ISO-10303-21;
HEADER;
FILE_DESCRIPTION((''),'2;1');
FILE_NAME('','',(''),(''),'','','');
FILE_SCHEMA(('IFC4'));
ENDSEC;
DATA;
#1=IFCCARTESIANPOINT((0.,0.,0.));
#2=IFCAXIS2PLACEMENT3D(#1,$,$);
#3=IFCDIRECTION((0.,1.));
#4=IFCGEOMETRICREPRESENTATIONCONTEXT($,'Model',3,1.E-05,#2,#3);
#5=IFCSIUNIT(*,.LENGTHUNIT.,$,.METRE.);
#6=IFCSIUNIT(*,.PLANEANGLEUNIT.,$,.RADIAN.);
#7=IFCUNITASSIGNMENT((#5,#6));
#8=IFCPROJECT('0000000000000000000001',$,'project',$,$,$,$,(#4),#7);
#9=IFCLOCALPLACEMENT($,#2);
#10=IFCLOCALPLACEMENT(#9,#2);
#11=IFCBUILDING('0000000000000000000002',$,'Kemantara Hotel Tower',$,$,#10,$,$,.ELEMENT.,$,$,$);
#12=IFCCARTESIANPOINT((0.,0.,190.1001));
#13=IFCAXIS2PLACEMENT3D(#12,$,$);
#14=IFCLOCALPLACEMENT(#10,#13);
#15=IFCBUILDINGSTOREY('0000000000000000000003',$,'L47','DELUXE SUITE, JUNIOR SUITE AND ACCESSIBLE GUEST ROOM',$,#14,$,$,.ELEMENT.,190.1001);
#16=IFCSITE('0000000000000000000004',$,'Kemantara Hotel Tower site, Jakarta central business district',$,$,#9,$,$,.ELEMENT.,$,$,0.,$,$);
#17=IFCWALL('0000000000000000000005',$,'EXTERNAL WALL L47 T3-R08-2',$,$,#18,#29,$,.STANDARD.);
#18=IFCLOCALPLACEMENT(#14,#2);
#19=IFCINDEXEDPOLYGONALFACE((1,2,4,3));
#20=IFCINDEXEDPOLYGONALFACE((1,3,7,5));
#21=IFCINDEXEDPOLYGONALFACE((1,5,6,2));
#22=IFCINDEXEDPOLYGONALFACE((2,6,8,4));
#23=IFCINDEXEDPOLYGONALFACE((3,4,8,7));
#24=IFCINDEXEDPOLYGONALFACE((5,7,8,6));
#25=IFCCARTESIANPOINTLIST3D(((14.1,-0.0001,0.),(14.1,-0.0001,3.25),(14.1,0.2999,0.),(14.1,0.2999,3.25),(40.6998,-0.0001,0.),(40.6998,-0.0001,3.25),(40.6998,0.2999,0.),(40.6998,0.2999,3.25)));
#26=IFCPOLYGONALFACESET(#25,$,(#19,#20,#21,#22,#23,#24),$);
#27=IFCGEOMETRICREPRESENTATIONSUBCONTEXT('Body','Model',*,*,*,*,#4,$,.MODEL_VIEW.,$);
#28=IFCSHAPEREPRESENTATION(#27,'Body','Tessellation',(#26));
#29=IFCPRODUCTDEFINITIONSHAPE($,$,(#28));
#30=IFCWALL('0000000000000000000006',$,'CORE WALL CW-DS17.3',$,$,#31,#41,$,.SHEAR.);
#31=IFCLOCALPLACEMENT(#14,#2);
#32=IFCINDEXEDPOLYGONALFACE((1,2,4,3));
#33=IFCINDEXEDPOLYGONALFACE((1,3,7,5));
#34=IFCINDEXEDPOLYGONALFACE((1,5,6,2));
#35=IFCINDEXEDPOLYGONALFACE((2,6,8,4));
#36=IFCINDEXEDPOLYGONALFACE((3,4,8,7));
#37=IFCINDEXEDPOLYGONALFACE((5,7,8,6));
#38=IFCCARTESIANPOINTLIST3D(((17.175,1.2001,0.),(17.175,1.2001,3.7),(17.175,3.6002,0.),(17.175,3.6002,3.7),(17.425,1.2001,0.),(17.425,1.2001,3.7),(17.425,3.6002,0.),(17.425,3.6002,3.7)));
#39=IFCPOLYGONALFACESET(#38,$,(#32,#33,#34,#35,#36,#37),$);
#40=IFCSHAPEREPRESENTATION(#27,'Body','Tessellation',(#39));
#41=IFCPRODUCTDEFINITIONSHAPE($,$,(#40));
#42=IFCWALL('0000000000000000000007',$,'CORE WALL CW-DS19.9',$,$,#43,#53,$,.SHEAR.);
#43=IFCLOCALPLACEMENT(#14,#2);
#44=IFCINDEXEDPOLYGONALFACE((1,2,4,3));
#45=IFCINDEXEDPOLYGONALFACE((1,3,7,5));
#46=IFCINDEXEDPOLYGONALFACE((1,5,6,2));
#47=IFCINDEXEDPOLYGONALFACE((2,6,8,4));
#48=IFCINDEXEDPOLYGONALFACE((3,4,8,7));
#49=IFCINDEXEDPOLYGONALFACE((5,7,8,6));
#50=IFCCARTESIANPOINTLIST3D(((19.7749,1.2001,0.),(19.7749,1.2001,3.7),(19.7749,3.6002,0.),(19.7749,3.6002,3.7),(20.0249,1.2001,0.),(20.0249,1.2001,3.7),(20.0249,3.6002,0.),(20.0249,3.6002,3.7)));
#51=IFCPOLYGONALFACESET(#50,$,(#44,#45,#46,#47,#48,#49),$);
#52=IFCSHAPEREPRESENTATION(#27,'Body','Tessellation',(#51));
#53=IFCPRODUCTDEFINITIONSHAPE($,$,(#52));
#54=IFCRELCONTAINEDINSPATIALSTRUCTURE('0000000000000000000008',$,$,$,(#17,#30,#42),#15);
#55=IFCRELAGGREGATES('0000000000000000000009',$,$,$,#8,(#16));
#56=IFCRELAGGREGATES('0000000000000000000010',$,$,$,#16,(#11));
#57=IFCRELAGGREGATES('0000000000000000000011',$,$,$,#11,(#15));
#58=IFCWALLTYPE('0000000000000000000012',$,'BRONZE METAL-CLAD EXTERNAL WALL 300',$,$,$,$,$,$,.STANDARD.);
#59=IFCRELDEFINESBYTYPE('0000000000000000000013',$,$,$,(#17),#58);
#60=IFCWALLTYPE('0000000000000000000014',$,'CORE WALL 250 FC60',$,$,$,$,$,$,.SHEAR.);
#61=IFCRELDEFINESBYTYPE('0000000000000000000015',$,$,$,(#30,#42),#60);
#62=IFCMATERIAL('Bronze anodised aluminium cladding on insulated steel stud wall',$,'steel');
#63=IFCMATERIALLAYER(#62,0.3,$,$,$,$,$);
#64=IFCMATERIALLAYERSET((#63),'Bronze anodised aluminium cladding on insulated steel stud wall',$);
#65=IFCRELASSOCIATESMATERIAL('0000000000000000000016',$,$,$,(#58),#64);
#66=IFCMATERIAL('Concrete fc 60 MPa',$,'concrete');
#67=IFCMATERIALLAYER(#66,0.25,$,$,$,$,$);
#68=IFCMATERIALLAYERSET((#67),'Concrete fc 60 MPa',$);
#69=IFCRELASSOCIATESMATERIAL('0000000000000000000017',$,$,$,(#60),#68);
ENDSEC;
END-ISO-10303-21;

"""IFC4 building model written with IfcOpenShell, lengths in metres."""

from ifc_helpers import new_model, si_unit, direction, frame, frame_2d, origin, place, context, subcontext, project, spatial, rectangle, extrude, material, layer, layer_set, type_object, element, save


model = new_model("IFC4")

# Units and contexts
model_context = context("Model", 3, precision=1e-05, world=origin(), true_north=direction((0.0, 1.0)))
body_context = subcontext(model_context, "Body", "Model", "MODEL_VIEW")
ifc_project = project(units=[si_unit("LENGTHUNIT", "METRE"), si_unit("PLANEANGLEUNIT", "RADIAN")], contexts=[model_context])

# Site, building, storey
site_placement = place(None, origin())
site = spatial("IfcSite", under=ifc_project, at=site_placement, Name="Kemantara Hotel Tower site, Jakarta central business district", CompositionType="ELEMENT", RefElevation=0.0)
building_placement = place(site_placement, origin())
building = spatial("IfcBuilding", under=site, at=building_placement, Name="Kemantara Hotel Tower", CompositionType="ELEMENT")
storey_placement = place(building_placement, frame((0.0, 0.0, 190.1001)))
storey = spatial("IfcBuildingStorey", under=building, at=storey_placement, Name="L47", Description="DELUXE SUITE, JUNIOR SUITE AND ACCESSIBLE GUEST ROOM", CompositionType="ELEMENT", Elevation=190.1001)

# Walls
ifc_material_1 = material(Name="Bronze anodised aluminium cladding on insulated steel stud wall", Category="steel")
ifc_layer_1 = layer(ifc_material_1, 0.3)
ifc_layer_set_1 = layer_set([ifc_layer_1], Name="Bronze anodised aluminium cladding on insulated steel stud wall")
wall_type_1 = type_object("IfcWallType", Name="BRONZE METAL-CLAD EXTERNAL WALL 300", PredefinedType="STANDARD", material=ifc_layer_set_1)
wall_1_placement = place(storey_placement, frame((14.1001, 0.1499, 0.0), z_axis=(0.0, 0.0, 1.0), x_axis=(1.0, 0.0, 0.0)))
element("IfcWall", 1, at=wall_1_placement, inside=storey, type_object=wall_type_1, Name="EXTERNAL WALL L47 T3-R08-2", PredefinedType="STANDARD", context=body_context, shape_type="SweptSolid", body=[
    extrude(rectangle(XDim=26.5999, YDim=0.3, at=frame_2d((13.2998, 0.0))), origin(), (0.0, 0.0, 1.0), 3.25),
])
ifc_material_2 = material(Name="Concrete fc 60 MPa", Category="concrete")
ifc_layer_2 = layer(ifc_material_2, 0.25)
ifc_layer_set_2 = layer_set([ifc_layer_2], Name="Concrete fc 60 MPa")
wall_type_2 = type_object("IfcWallType", Name="CORE WALL 250 FC60", PredefinedType="SHEAR", material=ifc_layer_set_2)
for number, where, z_axis, x_axis, name in (
    (2, (17.3, 1.2, 0.0), (0.0, 0.0, 1.0), (0.0, 1.0, 0.0), "CORE WALL CW-DS17.3"),
    (3, (19.8999, 1.2, 0.0), (0.0, 0.0, 1.0), (0.0, 1.0, 0.0), "CORE WALL CW-DS19.9"),
):
    element("IfcWall", number, at=place(storey_placement, frame(where, z_axis=z_axis, x_axis=x_axis)), inside=storey, type_object=wall_type_2, Name=name, PredefinedType="SHEAR", context=body_context, shape_type="SweptSolid", body=[
        extrude(rectangle(XDim=2.4001, YDim=0.25, at=frame_2d((1.2002, 0.0))), origin(), (0.0, 0.0, 1.0), 3.7),
    ])

save(model, "model.ifc")
